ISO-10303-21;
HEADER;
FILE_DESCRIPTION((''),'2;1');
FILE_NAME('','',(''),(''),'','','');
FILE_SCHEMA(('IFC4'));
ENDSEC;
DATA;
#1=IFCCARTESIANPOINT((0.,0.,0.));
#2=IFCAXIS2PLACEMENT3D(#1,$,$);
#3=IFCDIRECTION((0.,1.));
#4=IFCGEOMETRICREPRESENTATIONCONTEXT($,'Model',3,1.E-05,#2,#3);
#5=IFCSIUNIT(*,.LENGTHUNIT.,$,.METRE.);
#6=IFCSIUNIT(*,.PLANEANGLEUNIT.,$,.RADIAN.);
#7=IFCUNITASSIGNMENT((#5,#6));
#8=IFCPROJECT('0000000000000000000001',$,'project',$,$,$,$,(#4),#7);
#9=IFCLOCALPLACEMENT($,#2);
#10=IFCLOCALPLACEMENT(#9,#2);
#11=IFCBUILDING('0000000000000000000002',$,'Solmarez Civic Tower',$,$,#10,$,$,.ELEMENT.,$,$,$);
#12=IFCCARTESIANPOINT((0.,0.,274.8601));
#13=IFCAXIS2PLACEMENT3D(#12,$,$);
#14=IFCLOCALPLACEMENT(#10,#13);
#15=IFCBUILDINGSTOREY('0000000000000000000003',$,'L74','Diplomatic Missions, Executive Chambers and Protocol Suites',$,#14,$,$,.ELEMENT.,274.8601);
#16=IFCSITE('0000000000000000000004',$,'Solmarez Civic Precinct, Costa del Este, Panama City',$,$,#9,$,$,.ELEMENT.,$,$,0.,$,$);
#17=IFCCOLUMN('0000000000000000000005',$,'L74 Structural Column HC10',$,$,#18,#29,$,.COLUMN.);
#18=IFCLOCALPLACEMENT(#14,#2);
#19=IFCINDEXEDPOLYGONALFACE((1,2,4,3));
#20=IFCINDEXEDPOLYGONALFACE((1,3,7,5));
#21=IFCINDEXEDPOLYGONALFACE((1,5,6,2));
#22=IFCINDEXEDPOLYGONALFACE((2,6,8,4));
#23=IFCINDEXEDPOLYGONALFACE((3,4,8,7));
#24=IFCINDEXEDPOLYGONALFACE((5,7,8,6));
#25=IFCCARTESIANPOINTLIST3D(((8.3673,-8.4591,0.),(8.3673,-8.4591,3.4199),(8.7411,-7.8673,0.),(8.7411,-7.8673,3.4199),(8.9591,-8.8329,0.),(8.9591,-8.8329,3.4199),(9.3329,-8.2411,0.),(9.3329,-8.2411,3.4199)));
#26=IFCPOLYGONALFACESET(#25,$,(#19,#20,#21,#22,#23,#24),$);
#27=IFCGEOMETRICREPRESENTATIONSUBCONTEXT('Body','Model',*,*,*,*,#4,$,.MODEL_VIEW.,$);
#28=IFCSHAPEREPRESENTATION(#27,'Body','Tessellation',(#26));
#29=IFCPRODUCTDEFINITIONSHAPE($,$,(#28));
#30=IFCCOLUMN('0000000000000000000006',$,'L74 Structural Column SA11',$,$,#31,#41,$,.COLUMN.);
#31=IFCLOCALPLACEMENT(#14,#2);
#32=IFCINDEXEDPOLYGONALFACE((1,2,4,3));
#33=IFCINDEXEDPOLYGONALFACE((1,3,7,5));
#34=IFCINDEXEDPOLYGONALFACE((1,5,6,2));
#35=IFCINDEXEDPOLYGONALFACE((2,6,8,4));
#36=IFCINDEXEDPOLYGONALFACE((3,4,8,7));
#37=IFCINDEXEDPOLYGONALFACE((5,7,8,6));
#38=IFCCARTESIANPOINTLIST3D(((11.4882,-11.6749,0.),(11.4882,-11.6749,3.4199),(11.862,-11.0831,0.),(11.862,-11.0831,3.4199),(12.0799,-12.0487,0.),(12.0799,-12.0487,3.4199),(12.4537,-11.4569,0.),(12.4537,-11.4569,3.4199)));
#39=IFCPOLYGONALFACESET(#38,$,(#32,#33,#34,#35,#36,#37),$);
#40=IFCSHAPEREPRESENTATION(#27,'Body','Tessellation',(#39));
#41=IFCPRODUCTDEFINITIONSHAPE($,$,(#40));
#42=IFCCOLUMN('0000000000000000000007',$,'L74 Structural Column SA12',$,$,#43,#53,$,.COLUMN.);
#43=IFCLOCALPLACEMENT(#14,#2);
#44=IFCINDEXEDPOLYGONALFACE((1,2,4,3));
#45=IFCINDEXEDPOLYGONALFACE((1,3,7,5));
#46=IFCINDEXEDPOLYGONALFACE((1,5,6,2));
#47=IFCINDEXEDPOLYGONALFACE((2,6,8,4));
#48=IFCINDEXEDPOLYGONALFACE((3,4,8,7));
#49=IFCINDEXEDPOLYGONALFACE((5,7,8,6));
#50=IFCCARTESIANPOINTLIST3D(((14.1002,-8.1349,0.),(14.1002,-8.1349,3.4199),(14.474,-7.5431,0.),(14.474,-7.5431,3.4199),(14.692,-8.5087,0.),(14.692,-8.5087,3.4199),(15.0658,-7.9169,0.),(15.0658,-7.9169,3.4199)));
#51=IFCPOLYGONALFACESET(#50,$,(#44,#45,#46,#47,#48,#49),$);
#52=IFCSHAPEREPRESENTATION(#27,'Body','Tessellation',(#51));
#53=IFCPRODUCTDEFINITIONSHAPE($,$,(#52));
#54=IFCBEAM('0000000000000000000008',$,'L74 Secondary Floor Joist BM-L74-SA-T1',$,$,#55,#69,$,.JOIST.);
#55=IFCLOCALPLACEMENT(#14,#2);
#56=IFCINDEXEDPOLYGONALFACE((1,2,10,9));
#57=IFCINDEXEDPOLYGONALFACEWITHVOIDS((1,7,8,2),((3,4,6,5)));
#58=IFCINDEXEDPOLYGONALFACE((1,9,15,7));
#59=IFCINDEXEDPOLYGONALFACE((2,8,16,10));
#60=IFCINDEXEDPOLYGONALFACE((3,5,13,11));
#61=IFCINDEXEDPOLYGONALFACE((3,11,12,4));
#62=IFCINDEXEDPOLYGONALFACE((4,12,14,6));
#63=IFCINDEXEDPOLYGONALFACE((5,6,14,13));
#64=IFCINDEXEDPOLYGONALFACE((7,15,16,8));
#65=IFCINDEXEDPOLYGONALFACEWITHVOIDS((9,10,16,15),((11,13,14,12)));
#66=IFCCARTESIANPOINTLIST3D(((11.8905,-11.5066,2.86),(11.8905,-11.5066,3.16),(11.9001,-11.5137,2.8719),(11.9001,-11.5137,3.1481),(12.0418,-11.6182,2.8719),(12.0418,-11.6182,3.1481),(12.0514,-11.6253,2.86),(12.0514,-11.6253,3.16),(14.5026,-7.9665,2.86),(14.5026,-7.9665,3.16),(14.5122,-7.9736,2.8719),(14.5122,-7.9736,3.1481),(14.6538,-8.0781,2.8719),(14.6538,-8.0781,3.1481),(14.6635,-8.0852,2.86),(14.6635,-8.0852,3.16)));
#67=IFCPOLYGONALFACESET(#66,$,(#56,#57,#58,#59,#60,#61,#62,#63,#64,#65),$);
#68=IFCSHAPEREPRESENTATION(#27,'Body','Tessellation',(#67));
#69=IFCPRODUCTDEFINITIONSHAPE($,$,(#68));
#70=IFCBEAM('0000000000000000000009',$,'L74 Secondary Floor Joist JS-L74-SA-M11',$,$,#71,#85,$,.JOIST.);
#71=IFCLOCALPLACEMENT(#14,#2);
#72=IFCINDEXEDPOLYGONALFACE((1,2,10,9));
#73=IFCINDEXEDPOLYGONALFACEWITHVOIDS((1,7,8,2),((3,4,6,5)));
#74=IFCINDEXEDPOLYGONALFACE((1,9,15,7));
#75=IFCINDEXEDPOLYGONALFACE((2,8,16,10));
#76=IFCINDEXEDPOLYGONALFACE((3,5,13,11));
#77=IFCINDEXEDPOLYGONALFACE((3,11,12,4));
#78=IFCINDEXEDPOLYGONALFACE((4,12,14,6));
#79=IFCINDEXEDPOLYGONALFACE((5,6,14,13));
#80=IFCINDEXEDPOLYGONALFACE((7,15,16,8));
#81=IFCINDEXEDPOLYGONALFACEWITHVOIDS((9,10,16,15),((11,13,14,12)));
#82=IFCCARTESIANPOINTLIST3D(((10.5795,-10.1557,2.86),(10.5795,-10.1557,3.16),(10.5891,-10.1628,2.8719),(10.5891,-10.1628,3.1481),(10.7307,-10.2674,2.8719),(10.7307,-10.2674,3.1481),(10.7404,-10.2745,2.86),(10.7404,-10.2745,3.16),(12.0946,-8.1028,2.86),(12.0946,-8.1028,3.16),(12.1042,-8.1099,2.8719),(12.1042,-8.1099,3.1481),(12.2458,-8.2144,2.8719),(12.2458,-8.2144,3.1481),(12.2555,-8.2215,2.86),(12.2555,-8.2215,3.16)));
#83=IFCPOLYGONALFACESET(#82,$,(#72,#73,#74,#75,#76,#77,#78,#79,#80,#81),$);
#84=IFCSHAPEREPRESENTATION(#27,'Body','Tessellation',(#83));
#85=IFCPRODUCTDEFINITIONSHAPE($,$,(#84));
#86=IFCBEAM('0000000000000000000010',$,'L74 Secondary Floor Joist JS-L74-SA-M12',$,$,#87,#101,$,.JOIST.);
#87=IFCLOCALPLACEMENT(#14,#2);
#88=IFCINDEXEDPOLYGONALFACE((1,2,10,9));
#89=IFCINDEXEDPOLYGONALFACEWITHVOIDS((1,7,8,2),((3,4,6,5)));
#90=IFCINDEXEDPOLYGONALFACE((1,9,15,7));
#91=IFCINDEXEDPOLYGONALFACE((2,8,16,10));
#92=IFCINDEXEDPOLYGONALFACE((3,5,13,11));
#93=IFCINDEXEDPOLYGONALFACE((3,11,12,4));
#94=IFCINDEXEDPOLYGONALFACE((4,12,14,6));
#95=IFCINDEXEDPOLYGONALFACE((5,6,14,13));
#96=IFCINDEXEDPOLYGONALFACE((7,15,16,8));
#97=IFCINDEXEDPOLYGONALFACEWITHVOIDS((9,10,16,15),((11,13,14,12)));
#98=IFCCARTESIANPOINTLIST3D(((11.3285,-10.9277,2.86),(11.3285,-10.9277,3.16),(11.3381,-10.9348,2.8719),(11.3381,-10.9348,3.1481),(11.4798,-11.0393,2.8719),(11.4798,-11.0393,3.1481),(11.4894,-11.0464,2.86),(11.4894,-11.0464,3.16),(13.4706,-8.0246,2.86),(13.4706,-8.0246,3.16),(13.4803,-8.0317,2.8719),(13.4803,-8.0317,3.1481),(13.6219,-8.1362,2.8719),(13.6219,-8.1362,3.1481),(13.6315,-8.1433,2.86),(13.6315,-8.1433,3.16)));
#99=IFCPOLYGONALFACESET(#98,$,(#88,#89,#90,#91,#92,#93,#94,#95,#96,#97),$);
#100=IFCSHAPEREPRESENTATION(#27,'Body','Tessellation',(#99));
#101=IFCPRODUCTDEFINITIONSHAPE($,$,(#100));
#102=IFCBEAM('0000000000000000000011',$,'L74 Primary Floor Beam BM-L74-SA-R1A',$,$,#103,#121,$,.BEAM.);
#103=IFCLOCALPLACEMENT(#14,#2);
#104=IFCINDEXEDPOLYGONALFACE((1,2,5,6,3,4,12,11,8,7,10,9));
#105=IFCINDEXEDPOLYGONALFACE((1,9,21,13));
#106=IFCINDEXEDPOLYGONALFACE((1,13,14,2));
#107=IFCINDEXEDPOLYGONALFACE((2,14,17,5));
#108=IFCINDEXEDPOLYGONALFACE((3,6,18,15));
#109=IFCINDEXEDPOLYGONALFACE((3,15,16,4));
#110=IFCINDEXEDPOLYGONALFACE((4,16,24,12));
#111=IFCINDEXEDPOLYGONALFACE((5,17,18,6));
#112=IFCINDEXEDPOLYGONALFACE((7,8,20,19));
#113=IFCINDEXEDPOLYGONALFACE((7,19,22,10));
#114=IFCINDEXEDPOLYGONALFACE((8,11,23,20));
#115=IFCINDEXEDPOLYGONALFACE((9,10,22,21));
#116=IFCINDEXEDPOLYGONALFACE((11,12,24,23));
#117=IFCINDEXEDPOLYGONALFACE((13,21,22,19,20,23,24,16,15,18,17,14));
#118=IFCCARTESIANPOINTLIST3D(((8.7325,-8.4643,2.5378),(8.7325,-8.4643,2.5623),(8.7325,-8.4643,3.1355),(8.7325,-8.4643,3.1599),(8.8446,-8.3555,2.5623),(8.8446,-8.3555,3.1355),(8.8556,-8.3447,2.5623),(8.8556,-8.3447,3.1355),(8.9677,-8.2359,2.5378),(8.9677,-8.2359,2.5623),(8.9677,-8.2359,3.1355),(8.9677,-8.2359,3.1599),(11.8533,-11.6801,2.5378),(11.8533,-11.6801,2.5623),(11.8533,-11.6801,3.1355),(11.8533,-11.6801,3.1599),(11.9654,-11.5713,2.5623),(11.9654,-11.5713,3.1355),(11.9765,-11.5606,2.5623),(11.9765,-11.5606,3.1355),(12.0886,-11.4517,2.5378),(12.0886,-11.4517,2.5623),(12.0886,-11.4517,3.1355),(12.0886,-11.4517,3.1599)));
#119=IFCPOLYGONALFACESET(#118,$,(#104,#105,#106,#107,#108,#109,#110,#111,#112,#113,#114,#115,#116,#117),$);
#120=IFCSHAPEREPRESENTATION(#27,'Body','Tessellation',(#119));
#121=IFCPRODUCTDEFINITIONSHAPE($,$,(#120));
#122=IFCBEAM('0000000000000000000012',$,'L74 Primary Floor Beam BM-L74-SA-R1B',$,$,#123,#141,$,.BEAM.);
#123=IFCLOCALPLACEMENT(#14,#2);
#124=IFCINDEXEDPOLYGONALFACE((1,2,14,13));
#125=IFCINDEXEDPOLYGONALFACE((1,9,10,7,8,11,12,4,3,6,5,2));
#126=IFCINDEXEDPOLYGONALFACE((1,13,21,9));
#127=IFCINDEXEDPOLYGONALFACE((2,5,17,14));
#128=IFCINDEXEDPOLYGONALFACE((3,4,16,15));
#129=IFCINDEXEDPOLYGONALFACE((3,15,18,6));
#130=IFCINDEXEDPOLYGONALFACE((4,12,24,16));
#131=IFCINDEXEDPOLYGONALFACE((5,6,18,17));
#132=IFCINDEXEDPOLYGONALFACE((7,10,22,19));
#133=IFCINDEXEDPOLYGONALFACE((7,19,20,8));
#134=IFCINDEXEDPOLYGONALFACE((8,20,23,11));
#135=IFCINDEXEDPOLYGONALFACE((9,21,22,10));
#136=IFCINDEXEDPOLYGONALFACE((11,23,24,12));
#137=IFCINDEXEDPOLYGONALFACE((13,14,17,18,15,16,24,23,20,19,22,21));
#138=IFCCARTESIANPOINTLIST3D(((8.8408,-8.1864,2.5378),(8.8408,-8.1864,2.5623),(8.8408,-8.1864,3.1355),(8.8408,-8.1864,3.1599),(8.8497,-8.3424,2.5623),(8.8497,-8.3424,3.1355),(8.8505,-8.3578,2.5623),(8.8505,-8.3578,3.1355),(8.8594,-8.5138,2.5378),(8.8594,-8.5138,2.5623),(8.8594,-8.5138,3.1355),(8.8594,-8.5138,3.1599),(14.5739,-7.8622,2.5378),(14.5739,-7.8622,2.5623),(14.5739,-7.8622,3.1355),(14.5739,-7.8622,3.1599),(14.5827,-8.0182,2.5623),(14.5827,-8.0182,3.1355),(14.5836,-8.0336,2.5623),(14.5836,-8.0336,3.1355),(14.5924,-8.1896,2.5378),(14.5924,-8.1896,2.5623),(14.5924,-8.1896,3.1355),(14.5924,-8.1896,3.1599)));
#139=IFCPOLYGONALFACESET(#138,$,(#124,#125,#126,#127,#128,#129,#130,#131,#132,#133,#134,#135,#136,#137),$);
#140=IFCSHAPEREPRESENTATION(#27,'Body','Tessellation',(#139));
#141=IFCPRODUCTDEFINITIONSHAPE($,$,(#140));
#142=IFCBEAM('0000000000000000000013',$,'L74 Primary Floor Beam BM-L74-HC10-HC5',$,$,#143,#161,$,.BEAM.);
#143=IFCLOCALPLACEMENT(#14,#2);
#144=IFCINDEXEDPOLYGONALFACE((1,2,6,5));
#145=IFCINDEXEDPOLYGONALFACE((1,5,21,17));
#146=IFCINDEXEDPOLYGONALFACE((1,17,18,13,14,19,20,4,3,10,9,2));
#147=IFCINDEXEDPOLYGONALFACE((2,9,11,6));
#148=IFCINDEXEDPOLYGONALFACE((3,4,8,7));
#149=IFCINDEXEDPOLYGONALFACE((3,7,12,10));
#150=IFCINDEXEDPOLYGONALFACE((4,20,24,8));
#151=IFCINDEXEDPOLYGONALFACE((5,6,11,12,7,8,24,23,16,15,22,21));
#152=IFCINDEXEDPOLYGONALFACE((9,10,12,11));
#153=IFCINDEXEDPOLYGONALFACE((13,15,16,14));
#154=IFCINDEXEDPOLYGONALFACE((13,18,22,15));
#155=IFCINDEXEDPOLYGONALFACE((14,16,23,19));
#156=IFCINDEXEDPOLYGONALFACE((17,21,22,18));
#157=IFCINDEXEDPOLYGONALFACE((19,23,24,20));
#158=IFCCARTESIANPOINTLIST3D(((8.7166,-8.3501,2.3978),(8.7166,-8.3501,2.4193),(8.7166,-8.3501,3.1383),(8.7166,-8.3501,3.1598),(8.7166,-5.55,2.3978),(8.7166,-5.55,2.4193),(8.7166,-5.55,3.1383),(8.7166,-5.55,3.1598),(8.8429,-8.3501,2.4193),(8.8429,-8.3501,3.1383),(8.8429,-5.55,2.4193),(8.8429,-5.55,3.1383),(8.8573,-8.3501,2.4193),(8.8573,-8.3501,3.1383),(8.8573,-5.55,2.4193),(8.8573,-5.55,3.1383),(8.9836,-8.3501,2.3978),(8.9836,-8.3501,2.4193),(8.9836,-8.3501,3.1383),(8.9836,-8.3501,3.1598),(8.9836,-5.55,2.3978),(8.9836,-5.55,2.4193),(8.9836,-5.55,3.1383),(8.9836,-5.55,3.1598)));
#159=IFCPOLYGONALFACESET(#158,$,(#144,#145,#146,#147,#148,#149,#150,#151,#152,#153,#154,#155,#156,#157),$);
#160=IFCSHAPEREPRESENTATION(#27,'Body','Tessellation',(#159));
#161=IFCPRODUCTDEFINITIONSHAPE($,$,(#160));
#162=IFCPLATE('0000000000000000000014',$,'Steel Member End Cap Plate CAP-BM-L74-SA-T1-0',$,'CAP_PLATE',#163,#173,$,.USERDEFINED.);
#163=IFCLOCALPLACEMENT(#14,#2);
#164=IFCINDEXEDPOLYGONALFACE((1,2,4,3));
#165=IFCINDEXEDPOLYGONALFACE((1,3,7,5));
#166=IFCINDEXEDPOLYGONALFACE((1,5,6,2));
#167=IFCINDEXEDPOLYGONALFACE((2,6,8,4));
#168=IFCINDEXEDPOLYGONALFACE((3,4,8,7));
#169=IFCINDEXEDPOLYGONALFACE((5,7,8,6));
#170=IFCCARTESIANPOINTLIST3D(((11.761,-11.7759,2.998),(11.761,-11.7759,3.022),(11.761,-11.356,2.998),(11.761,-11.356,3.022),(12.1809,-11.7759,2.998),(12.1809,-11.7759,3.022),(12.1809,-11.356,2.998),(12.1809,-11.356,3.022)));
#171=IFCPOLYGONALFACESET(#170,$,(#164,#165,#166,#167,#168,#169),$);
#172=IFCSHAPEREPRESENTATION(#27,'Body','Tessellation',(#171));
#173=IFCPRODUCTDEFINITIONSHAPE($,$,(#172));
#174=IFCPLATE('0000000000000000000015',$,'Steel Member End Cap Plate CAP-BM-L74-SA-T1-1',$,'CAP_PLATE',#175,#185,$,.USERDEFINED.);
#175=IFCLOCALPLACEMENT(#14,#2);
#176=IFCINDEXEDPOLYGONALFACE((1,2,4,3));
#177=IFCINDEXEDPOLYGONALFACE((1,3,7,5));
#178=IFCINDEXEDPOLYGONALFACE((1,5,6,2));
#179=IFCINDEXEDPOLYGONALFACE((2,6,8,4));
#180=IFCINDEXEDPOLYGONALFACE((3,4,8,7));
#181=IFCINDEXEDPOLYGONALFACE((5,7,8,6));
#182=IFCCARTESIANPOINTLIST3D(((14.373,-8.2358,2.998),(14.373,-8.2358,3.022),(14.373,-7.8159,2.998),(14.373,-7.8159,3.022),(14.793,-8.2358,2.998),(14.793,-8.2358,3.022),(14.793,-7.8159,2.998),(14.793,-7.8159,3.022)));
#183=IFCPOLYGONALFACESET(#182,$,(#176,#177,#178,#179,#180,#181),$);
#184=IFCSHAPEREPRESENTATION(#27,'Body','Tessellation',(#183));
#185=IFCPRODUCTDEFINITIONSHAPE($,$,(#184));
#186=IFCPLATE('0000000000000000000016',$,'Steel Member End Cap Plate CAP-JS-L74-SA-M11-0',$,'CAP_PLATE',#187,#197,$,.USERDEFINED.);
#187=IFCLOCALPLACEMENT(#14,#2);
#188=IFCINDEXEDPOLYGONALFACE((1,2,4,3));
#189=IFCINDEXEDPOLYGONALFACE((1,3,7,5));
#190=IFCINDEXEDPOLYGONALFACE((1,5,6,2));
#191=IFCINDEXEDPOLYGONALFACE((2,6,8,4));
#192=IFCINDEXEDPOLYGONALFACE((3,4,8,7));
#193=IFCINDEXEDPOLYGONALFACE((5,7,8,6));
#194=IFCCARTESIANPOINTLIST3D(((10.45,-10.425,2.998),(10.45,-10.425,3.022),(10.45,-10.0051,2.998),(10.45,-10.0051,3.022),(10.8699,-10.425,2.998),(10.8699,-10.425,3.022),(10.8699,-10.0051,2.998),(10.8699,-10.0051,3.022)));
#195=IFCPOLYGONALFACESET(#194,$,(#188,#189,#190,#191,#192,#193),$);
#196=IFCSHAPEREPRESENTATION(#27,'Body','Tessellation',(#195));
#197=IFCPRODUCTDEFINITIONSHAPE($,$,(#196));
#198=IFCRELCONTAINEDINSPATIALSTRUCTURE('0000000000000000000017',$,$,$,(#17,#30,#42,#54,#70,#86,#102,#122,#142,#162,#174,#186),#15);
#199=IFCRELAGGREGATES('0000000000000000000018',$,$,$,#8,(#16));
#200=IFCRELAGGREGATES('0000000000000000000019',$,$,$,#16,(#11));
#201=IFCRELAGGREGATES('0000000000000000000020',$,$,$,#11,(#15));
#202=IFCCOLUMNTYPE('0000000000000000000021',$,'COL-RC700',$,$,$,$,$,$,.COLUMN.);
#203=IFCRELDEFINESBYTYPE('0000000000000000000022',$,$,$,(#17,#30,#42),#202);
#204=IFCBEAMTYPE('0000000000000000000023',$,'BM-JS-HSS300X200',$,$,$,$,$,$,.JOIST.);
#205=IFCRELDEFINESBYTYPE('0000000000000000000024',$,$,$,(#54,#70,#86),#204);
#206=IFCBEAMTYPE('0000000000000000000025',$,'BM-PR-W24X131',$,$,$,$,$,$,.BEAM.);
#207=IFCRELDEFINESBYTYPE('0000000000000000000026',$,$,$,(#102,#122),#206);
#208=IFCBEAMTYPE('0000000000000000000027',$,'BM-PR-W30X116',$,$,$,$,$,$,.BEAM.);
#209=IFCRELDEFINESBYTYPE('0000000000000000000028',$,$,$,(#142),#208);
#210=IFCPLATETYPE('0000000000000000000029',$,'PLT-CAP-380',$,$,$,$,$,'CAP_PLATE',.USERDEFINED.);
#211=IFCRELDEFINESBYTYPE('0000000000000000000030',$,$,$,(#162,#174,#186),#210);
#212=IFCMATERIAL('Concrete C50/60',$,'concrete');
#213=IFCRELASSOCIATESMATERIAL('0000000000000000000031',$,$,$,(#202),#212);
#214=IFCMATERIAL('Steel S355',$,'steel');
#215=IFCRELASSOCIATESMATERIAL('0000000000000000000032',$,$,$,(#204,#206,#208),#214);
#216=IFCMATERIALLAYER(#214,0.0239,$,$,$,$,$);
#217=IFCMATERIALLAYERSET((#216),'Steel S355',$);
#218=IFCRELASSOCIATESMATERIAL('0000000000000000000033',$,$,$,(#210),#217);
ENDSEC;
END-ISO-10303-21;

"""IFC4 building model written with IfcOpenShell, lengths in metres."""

from ifc_helpers import new_model, si_unit, direction, frame, origin, origin_2d, place, context, subcontext, project, spatial, rectangle, hollow_rectangle, i_section, extrude, material, layer, layer_set, material_profile, profile_set, type_object, element, save


model = new_model("IFC4")

# Units and contexts
model_context = context("Model", 3, precision=1e-05, world=origin(), true_north=direction((0.0, 1.0)))
body_context = subcontext(model_context, "Body", "Model", "MODEL_VIEW")
ifc_project = project(units=[si_unit("LENGTHUNIT", "METRE"), si_unit("PLANEANGLEUNIT", "RADIAN")], contexts=[model_context])

# Site, building, storey
site_placement = place(None, origin())
site = spatial("IfcSite", under=ifc_project, at=site_placement, Name="Solmarez Civic Precinct, Costa del Este, Panama City", CompositionType="ELEMENT", RefElevation=0.0)
building_placement = place(site_placement, origin())
building = spatial("IfcBuilding", under=site, at=building_placement, Name="Solmarez Civic Tower", CompositionType="ELEMENT")
storey_placement = place(building_placement, frame((0.0, 0.0, 274.8601)))
storey = spatial("IfcBuildingStorey", under=building, at=storey_placement, Name="L74", Description="Diplomatic Missions, Executive Chambers and Protocol Suites", CompositionType="ELEMENT", Elevation=274.8601)

# Columns
ifc_material_1 = material(Name="Concrete C50/60", Category="concrete")
ifc_material_profile_1 = material_profile(ifc_material_1, rectangle(XDim=0.7, YDim=0.7, at=origin_2d()), Name="RC700X700")
ifc_profile_set_1 = profile_set([ifc_material_profile_1], Name="Concrete C50/60")
column_type = type_object("IfcColumnType", Name="COL-RC700", PredefinedType="COLUMN", material=ifc_profile_set_1)
for number, where, z_axis, x_axis, name in (
    (1, (8.8501, -8.3501, 0.0), (0.0, 0.0, 1.0), (0.534057, 0.845448, 0.0), "L74 Structural Column HC10"),
    (2, (11.9709, -11.5659, 0.0), (0.0, 0.0, 1.0), (0.534057, 0.845448, 0.0), "L74 Structural Column SA11"),
    (3, (14.583, -8.0259, 0.0), (0.0, 0.0, 1.0), (0.534057, 0.845448, 0.0), "L74 Structural Column SA12"),
):
    element("IfcColumn", number, at=place(storey_placement, frame(where, z_axis=z_axis, x_axis=x_axis)), inside=storey, type_object=column_type, Name=name, PredefinedType="COLUMN", context=body_context, shape_type="SweptSolid", body=[
        extrude(rectangle(XDim=0.7, YDim=0.7, at=origin_2d()), origin(), (0.0, 0.0, 1.0), 3.4199),
    ])

# Beams
ifc_material_2 = material(Name="Steel S355", Category="steel")
ifc_material_profile_2 = material_profile(ifc_material_2, hollow_rectangle(XDim=0.2, YDim=0.3, WallThickness=0.012, at=origin_2d()), Name="HSS300X200X12")
ifc_profile_set_2 = profile_set([ifc_material_profile_2], Name="Steel S355")
beam_type_1 = type_object("IfcBeamType", Name="BM-JS-HSS300X200", PredefinedType="JOIST", material=ifc_profile_set_2)
beam_1_placement = place(storey_placement, frame((11.9709, -11.5659, 3.01), z_axis=(0.593731, 0.804664, 0.0), x_axis=(-0.804664, 0.593731, 0.0)))
element("IfcBeam", 4, at=beam_1_placement, inside=storey, type_object=beam_type_1, Name="L74 Secondary Floor Joist BM-L74-SA-T1", PredefinedType="JOIST", context=body_context, shape_type="SweptSolid", body=[
    extrude(hollow_rectangle(XDim=0.2, YDim=0.3, WallThickness=0.012, at=origin_2d()), origin(), (0.0, 0.0, 1.0), 4.3994),
])
beam_2_placement = place(storey_placement, frame((10.6599, -10.2151, 3.01), z_axis=(0.593812, 0.804603, 0.0), x_axis=(-0.804603, 0.593812, 0.0)))
element("IfcBeam", 5, at=beam_2_placement, inside=storey, type_object=beam_type_1, Name="L74 Secondary Floor Joist JS-L74-SA-M11", PredefinedType="JOIST", context=body_context, shape_type="SweptSolid", body=[
    extrude(hollow_rectangle(XDim=0.2, YDim=0.3, WallThickness=0.012, at=origin_2d()), origin(), (0.0, 0.0, 1.0), 2.5515),
])
beam_3_placement = place(storey_placement, frame((11.4089, -10.9871, 3.01), z_axis=(0.593734, 0.804661, 0.0), x_axis=(-0.804661, 0.593734, 0.0)))
element("IfcBeam", 6, at=beam_3_placement, inside=storey, type_object=beam_type_1, Name="L74 Secondary Floor Joist JS-L74-SA-M12", PredefinedType="JOIST", context=body_context, shape_type="SweptSolid", body=[
    extrude(hollow_rectangle(XDim=0.2, YDim=0.3, WallThickness=0.012, at=origin_2d()), origin(), (0.0, 0.0, 1.0), 3.6079),
])
ifc_material_profile_3 = material_profile(ifc_material_2, i_section(OverallWidth=0.3279, OverallDepth=0.6221, WebThickness=0.0154, FlangeThickness=0.0244, at=origin_2d()), Name="W24X131")
ifc_profile_set_3 = profile_set([ifc_material_profile_3], Name="Steel S355")
beam_type_2 = type_object("IfcBeamType", Name="BM-PR-W24X131", PredefinedType="BEAM", material=ifc_profile_set_3)
beam_4_placement = place(storey_placement, frame((8.8501, -8.3501, 2.8489), z_axis=(0.696431, -0.717624, 0.0), x_axis=(0.717624, 0.696431, 0.0)))
element("IfcBeam", 7, at=beam_4_placement, inside=storey, type_object=beam_type_2, Name="L74 Primary Floor Beam BM-L74-SA-R1A", PredefinedType="BEAM", context=body_context, shape_type="SweptSolid", body=[
    extrude(i_section(OverallWidth=0.3279, OverallDepth=0.6221, WebThickness=0.0154, FlangeThickness=0.0244, at=origin_2d()), origin(), (0.0, 0.0, 1.0), 4.4812),
])
beam_5_placement = place(storey_placement, frame((8.8501, -8.3501, 2.8489), z_axis=(0.998405, 0.056464, 0.0), x_axis=(-0.056464, 0.998405, 0.0)))
element("IfcBeam", 8, at=beam_5_placement, inside=storey, type_object=beam_type_2, Name="L74 Primary Floor Beam BM-L74-SA-R1B", PredefinedType="BEAM", context=body_context, shape_type="SweptSolid", body=[
    extrude(i_section(OverallWidth=0.3279, OverallDepth=0.6221, WebThickness=0.0154, FlangeThickness=0.0244, at=origin_2d()), origin(), (0.0, 0.0, 1.0), 5.7422),
])
ifc_material_profile_4 = material_profile(ifc_material_2, i_section(OverallWidth=0.2671, OverallDepth=0.762, WebThickness=0.0144, FlangeThickness=0.0215, at=origin_2d()), Name="W30X116")
ifc_profile_set_4 = profile_set([ifc_material_profile_4], Name="Steel S355")
beam_type_3 = type_object("IfcBeamType", Name="BM-PR-W30X116", PredefinedType="BEAM", material=ifc_profile_set_4)
beam_6_placement = place(storey_placement, frame((8.8501, -8.3501, 2.7788), z_axis=(0.0, 1.0, 0.0), x_axis=(-1.0, 0.0, 0.0)))
element("IfcBeam", 9, at=beam_6_placement, inside=storey, type_object=beam_type_3, Name="L74 Primary Floor Beam BM-L74-HC10-HC5", PredefinedType="BEAM", context=body_context, shape_type="SweptSolid", body=[
    extrude(i_section(OverallWidth=0.2671, OverallDepth=0.762, WebThickness=0.0144, FlangeThickness=0.0215, at=origin_2d()), origin(), (0.0, 0.0, 1.0), 2.8),
])

# Plates
ifc_layer_1 = layer(ifc_material_2, 0.0239)
ifc_layer_set_1 = layer_set([ifc_layer_1], Name="Steel S355")
plate_type = type_object("IfcPlateType", Name="PLT-CAP-380", ElementType="CAP_PLATE", PredefinedType="USERDEFINED", material=ifc_layer_set_1)
for number, where, z_axis, x_axis, name in (
    (10, (11.9709, -11.5659, 2.998), (0.0, 0.0, 1.0), (1.0, 0.0, 0.0), "Steel Member End Cap Plate CAP-BM-L74-SA-T1-0"),
    (11, (14.583, -8.0259, 2.998), (0.0, 0.0, 1.0), (1.0, 0.0, 0.0), "Steel Member End Cap Plate CAP-BM-L74-SA-T1-1"),
    (12, (10.6599, -10.2151, 2.998), (0.0, 0.0, 1.0), (1.0, 0.0, 0.0), "Steel Member End Cap Plate CAP-JS-L74-SA-M11-0"),
):
    element("IfcPlate", number, at=place(storey_placement, frame(where, z_axis=z_axis, x_axis=x_axis)), inside=storey, type_object=plate_type, Name=name, ObjectType="CAP_PLATE", PredefinedType="USERDEFINED", context=body_context, shape_type="SweptSolid", body=[
        extrude(rectangle(XDim=0.4199, YDim=0.4199, at=origin_2d()), origin(), (0.0, 0.0, 1.0), 0.0239),
    ])

save(model, "model.ifc")
